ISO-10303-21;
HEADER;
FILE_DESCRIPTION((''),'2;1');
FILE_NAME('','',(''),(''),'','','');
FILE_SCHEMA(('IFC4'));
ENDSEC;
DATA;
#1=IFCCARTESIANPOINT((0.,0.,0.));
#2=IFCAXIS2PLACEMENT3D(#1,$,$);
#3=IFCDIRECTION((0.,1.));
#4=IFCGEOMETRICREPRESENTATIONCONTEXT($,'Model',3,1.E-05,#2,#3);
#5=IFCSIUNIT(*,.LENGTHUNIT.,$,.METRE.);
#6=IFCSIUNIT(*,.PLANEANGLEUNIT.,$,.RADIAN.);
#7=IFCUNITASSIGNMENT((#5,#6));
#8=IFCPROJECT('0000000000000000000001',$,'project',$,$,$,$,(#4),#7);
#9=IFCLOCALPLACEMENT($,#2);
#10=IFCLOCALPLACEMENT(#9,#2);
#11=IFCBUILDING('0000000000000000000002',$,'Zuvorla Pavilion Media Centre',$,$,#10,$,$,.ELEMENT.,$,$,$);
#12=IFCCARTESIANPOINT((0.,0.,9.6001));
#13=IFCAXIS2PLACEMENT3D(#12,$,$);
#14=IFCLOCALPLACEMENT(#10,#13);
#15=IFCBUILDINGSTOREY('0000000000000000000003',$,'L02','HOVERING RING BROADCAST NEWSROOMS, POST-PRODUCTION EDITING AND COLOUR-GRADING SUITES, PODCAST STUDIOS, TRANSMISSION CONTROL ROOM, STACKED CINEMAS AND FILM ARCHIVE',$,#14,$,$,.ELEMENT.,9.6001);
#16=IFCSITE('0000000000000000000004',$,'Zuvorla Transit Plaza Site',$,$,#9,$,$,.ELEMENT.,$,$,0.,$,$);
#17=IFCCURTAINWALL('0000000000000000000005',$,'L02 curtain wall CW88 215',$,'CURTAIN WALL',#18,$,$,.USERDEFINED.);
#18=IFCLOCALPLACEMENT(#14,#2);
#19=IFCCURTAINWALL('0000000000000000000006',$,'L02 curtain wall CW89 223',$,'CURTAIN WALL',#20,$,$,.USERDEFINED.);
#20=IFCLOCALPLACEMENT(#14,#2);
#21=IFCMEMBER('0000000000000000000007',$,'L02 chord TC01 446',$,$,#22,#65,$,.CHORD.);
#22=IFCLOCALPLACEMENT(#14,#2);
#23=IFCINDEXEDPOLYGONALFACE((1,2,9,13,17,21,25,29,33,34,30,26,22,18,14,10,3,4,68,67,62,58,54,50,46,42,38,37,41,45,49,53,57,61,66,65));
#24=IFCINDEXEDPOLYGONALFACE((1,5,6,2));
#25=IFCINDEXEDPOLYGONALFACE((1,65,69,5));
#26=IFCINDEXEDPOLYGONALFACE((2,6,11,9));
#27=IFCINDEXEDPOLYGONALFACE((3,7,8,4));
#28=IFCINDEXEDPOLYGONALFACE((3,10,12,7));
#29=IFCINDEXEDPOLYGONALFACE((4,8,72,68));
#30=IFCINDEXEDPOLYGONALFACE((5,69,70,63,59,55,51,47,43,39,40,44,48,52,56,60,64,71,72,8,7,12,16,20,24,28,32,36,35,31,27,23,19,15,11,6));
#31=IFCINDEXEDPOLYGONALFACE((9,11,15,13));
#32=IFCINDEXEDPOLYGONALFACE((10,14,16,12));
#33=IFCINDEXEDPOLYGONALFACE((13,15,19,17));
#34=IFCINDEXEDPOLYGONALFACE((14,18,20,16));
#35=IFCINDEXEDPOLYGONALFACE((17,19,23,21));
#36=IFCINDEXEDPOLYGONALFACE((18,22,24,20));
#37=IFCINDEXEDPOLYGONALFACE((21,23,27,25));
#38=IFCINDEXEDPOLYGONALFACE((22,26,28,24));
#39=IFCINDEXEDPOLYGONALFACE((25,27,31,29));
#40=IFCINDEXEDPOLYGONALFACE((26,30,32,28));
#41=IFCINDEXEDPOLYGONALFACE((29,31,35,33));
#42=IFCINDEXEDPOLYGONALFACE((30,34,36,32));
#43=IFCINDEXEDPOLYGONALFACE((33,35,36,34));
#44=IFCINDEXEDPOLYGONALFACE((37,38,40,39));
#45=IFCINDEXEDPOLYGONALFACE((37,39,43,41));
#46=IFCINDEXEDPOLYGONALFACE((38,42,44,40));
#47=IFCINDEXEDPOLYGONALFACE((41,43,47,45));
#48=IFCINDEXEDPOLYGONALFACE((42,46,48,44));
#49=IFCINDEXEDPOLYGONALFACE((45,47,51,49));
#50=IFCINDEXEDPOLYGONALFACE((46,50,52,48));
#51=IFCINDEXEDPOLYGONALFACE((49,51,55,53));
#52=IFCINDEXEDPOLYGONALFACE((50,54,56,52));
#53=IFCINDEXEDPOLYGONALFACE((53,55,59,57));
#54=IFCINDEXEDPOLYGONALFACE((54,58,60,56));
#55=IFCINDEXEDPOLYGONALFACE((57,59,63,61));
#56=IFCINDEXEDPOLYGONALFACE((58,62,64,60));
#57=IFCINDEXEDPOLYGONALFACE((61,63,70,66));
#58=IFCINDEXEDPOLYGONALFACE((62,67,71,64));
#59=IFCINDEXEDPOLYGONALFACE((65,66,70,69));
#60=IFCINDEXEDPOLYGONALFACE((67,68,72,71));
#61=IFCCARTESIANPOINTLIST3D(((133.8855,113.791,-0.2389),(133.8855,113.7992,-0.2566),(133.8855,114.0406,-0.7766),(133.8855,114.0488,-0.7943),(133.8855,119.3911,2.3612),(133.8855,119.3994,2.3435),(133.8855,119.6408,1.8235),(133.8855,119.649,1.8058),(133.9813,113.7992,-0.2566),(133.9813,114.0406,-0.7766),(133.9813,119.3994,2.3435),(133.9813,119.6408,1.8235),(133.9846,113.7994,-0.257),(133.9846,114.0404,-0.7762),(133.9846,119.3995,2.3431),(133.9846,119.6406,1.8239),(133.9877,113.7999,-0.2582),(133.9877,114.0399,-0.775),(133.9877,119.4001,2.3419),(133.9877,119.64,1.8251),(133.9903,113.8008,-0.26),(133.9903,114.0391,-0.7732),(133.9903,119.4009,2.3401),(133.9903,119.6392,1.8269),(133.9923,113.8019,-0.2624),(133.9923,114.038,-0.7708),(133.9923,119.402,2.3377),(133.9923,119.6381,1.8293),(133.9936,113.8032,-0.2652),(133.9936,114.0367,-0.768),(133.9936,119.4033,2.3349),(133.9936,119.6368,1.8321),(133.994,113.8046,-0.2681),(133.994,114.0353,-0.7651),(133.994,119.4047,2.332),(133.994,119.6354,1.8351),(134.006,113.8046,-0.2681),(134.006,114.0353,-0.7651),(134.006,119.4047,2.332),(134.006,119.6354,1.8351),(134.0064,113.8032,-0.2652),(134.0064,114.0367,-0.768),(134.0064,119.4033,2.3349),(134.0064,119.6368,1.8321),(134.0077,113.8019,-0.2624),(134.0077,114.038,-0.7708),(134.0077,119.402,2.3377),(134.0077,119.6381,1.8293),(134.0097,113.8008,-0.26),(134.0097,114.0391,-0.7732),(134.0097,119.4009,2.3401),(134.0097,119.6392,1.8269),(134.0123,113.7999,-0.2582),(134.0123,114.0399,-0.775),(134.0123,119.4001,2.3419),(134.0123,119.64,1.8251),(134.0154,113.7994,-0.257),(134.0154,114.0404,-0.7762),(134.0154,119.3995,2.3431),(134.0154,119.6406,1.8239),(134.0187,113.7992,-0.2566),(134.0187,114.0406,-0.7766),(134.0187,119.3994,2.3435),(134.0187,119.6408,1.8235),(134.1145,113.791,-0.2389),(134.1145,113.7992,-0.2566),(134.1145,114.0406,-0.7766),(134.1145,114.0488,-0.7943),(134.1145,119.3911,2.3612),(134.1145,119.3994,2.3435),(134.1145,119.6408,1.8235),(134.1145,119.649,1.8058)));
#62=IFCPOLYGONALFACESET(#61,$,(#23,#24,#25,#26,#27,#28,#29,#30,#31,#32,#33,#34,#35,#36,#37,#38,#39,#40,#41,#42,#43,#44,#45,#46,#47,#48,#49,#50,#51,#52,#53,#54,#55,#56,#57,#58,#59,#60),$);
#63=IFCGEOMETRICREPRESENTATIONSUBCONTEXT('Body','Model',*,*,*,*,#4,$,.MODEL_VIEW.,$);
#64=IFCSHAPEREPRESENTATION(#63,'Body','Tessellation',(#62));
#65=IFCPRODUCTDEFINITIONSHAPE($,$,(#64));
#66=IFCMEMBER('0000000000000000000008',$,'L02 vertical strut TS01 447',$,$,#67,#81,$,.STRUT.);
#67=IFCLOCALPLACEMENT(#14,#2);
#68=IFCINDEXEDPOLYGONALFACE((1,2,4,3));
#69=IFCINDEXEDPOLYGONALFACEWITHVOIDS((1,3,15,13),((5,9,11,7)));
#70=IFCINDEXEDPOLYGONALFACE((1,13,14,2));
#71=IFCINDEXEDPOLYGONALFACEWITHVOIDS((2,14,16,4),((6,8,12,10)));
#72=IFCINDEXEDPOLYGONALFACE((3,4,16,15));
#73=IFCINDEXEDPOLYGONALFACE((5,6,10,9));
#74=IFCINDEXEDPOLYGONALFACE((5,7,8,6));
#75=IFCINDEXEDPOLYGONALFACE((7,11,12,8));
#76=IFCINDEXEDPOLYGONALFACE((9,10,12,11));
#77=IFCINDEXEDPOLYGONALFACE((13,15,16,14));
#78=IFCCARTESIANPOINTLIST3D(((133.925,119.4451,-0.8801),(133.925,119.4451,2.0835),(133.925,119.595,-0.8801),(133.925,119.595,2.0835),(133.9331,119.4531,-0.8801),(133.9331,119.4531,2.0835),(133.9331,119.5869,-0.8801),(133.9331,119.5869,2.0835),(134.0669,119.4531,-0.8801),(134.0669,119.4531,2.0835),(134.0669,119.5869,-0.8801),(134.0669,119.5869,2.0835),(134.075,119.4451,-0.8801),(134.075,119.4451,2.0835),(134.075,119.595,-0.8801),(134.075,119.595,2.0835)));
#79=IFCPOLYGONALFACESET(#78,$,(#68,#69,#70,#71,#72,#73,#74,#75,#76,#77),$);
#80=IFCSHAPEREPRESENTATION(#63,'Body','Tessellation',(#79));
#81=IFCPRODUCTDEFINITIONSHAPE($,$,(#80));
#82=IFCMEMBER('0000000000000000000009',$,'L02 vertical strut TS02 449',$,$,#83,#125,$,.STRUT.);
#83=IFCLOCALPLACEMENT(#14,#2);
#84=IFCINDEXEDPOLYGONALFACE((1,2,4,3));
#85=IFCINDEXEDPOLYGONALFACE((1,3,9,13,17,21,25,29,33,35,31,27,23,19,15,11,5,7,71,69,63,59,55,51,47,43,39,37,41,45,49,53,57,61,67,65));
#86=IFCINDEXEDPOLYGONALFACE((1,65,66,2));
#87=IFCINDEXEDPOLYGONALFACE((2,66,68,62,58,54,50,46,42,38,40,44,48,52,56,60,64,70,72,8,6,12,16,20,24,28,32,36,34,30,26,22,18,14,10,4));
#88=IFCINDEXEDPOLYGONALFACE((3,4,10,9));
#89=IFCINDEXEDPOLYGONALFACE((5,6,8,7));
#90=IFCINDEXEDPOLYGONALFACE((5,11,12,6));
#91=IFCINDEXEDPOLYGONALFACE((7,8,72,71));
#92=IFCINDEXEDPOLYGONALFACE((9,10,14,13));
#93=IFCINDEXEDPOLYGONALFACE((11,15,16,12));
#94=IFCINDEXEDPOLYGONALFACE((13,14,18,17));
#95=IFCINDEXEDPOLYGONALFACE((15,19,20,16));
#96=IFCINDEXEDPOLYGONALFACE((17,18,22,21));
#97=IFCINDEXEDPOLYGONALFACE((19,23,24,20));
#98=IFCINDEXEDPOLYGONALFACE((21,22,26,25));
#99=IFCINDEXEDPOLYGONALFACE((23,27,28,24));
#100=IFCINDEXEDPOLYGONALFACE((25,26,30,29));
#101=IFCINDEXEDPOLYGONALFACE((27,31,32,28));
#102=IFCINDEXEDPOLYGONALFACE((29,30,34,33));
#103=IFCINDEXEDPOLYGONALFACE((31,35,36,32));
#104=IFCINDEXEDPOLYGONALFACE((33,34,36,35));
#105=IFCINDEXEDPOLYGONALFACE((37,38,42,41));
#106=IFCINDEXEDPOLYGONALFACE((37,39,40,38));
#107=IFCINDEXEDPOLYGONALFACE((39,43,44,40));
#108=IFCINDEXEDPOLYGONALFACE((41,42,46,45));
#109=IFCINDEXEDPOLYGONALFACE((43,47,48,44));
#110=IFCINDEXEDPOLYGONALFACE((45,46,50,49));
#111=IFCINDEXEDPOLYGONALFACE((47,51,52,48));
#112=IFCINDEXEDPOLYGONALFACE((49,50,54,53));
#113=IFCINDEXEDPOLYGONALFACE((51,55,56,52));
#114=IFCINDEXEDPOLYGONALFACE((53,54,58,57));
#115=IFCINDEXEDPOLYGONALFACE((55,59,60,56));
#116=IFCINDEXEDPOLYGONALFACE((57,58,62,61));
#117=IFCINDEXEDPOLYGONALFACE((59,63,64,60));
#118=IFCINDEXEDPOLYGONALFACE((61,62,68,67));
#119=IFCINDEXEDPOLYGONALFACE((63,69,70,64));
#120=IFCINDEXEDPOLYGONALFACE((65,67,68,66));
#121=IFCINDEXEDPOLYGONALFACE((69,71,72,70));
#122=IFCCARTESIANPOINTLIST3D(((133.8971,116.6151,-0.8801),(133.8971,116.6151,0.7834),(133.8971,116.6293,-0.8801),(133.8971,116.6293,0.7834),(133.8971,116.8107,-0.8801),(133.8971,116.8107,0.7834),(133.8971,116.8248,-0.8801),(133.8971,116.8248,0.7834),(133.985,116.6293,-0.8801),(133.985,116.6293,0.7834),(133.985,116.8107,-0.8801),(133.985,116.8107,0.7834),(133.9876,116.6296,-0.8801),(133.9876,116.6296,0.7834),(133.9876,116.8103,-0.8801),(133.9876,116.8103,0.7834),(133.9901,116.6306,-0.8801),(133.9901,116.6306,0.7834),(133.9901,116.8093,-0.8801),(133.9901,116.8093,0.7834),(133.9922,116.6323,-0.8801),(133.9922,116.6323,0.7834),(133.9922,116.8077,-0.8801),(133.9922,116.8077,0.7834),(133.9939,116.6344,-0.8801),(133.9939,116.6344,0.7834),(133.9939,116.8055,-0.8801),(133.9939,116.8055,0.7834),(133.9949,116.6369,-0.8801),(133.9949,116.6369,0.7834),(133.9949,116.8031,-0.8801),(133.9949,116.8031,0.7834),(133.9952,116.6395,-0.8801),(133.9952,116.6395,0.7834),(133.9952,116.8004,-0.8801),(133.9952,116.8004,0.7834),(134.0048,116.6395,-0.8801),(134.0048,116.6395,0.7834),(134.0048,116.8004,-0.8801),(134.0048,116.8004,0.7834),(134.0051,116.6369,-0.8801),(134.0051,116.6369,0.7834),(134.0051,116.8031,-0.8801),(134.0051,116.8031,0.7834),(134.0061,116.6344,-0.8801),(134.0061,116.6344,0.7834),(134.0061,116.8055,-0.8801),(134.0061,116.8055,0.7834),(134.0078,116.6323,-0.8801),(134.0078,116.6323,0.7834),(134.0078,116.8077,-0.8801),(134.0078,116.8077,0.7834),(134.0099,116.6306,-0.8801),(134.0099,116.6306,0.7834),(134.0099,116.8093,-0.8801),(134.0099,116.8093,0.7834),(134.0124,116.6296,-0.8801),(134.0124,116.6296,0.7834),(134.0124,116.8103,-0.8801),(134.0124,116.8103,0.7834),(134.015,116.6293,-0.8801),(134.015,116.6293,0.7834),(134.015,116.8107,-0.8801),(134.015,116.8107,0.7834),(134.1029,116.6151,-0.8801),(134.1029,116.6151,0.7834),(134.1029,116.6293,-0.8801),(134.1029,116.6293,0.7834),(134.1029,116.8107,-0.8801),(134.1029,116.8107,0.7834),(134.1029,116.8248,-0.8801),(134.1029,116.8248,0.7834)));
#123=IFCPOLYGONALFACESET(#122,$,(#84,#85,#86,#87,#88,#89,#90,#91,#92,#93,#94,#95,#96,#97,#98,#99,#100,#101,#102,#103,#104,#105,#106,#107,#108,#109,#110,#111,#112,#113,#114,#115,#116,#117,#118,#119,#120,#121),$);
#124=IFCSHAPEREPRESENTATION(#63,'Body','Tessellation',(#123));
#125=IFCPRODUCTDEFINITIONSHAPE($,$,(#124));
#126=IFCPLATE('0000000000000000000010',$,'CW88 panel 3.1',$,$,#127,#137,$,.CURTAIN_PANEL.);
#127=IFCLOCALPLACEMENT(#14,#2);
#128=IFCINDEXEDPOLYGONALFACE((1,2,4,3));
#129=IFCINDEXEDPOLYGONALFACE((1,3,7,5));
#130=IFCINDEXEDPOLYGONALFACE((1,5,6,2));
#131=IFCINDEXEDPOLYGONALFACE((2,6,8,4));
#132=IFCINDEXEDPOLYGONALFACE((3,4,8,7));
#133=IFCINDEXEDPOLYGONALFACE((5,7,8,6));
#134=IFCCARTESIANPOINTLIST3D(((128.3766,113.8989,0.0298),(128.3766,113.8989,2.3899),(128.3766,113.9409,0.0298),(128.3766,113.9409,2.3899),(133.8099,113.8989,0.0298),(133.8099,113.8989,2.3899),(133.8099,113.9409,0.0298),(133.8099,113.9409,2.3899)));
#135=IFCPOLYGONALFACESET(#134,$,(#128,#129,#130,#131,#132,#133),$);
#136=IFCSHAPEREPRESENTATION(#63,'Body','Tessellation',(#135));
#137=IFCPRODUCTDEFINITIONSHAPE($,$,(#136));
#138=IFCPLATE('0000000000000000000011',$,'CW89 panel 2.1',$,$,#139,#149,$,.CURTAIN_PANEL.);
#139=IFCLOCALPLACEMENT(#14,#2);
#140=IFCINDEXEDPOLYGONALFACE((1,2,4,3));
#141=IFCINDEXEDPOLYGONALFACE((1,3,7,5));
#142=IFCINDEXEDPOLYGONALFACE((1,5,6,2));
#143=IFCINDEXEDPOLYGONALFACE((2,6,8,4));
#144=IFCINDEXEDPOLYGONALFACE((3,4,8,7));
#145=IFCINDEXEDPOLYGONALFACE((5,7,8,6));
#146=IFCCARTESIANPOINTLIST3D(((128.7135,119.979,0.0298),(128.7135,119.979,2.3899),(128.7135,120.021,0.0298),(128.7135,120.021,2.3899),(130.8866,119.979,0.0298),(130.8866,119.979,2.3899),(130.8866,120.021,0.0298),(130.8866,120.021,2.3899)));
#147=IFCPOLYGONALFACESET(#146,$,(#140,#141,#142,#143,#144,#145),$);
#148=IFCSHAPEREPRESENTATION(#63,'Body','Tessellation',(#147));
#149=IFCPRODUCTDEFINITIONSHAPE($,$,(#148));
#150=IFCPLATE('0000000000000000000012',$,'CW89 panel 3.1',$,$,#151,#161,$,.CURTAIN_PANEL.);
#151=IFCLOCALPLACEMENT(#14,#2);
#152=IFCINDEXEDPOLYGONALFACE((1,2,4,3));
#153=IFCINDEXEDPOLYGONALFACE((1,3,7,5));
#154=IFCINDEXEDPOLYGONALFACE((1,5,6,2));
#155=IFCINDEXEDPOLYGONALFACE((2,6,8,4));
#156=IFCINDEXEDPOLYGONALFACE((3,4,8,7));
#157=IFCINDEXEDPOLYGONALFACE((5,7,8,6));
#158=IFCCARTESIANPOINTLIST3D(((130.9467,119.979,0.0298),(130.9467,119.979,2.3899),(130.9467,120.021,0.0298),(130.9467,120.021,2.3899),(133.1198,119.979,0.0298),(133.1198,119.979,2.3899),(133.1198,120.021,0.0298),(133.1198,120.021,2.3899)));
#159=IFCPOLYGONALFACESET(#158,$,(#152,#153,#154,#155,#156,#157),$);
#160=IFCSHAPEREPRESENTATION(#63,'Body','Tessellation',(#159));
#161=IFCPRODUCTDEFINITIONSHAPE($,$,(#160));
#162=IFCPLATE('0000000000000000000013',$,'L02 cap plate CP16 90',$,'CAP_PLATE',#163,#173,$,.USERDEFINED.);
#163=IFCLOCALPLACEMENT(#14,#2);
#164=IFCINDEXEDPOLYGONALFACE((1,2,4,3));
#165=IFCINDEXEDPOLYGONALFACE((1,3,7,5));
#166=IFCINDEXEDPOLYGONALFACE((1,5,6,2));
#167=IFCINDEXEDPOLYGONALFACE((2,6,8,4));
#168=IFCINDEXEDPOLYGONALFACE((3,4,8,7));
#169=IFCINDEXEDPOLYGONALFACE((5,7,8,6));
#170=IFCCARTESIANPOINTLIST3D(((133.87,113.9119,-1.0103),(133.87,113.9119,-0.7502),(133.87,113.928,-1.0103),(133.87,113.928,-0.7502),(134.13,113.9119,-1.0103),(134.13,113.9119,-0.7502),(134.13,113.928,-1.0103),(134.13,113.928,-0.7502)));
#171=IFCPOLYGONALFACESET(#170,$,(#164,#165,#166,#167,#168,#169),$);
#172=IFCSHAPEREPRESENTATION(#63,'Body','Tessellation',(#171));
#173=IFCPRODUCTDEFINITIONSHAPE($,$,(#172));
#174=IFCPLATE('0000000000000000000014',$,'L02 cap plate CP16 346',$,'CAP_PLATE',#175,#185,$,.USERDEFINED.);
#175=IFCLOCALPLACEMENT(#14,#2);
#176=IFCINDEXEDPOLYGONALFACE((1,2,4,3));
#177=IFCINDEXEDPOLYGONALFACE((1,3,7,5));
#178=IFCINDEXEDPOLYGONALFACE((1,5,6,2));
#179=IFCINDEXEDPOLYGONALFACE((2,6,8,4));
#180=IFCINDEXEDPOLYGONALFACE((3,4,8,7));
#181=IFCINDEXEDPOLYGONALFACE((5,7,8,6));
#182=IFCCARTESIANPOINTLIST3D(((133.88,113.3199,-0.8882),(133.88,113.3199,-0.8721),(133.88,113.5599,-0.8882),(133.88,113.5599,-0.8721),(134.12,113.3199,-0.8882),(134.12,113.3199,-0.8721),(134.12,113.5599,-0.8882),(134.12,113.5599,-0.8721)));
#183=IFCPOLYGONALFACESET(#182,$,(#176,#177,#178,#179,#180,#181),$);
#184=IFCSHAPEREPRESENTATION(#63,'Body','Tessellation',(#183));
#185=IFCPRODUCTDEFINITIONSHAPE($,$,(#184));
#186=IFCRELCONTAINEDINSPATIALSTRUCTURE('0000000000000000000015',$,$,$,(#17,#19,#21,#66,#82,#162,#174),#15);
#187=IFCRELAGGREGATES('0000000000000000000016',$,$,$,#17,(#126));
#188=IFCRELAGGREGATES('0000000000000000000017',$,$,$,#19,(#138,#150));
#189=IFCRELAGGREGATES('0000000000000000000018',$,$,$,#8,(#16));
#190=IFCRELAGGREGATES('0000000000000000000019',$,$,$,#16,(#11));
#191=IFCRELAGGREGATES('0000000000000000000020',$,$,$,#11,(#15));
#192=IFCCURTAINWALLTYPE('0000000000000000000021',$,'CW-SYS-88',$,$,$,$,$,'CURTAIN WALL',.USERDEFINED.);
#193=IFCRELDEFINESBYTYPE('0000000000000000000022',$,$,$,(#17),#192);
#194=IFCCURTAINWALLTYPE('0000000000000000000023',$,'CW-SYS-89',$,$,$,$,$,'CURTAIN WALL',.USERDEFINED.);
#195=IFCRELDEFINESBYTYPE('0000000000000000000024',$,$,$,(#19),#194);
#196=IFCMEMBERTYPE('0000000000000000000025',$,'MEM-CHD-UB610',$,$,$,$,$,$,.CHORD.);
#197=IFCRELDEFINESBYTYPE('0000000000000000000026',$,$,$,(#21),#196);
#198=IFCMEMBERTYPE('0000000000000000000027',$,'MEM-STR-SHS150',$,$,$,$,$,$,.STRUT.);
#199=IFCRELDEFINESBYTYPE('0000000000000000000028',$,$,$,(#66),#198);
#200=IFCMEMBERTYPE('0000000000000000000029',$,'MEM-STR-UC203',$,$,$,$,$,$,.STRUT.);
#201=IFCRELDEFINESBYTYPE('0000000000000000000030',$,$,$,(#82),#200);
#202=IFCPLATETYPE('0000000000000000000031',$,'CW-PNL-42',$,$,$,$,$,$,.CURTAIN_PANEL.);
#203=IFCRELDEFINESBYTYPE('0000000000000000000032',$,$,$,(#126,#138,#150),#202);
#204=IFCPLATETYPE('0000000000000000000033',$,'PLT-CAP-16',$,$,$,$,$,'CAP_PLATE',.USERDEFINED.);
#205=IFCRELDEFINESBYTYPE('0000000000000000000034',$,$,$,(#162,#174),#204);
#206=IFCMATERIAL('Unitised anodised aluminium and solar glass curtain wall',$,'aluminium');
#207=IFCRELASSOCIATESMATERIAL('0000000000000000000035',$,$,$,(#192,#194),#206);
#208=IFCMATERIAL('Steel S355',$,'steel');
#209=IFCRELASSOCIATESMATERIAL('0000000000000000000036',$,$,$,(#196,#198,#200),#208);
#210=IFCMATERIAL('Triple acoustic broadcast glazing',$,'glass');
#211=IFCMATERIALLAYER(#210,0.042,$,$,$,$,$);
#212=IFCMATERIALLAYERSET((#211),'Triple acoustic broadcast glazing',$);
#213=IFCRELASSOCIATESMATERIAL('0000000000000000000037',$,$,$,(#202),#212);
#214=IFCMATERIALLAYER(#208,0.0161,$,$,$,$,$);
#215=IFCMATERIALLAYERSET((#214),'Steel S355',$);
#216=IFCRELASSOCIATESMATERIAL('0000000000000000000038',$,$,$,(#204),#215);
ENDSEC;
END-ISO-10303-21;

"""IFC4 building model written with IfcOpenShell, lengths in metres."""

from ifc_helpers import new_model, si_unit, direction, frame, origin, origin_2d, place, context, subcontext, project, spatial, rectangle, hollow_rectangle, i_section, extrude, material, layer, layer_set, material_profile, profile_set, type_object, element, aggregate, save


model = new_model("IFC4")

# Units and contexts
model_context = context("Model", 3, precision=1e-05, world=origin(), true_north=direction((0.0, 1.0)))
body_context = subcontext(model_context, "Body", "Model", "MODEL_VIEW")
ifc_project = project(units=[si_unit("LENGTHUNIT", "METRE"), si_unit("PLANEANGLEUNIT", "RADIAN")], contexts=[model_context])

# Site, building, storey
site_placement = place(None, origin())
site = spatial("IfcSite", under=ifc_project, at=site_placement, Name="Zuvorla Transit Plaza Site", CompositionType="ELEMENT", RefElevation=0.0)
building_placement = place(site_placement, origin())
building = spatial("IfcBuilding", under=site, at=building_placement, Name="Zuvorla Pavilion Media Centre", CompositionType="ELEMENT")
storey_placement = place(building_placement, frame((0.0, 0.0, 9.6001)))
storey = spatial("IfcBuildingStorey", under=building, at=storey_placement, Name="L02", Description="HOVERING RING BROADCAST NEWSROOMS, POST-PRODUCTION EDITING AND COLOUR-GRADING SUITES, PODCAST STUDIOS, TRANSMISSION CONTROL ROOM, STACKED CINEMAS AND FILM ARCHIVE", CompositionType="ELEMENT", Elevation=9.6001)

# Curtain wall
ifc_material_1 = material(Name="Unitised anodised aluminium and solar glass curtain wall", Category="aluminium")
curtain_wall_type_1 = type_object("IfcCurtainWallType", Name="CW-SYS-88", ElementType="CURTAIN WALL", PredefinedType="USERDEFINED", material=ifc_material_1)
curtain_wall_1_placement = place(storey_placement, origin())
curtain_wall_1 = element("IfcCurtainWall", 1, at=curtain_wall_1_placement, inside=storey, type_object=curtain_wall_type_1, Name="L02 curtain wall CW88 215", ObjectType="CURTAIN WALL", PredefinedType="USERDEFINED")

# Curtain wall
curtain_wall_type_2 = type_object("IfcCurtainWallType", Name="CW-SYS-89", ElementType="CURTAIN WALL", PredefinedType="USERDEFINED", material=ifc_material_1)
curtain_wall_2_placement = place(storey_placement, origin())
curtain_wall_2 = element("IfcCurtainWall", 2, at=curtain_wall_2_placement, inside=storey, type_object=curtain_wall_type_2, Name="L02 curtain wall CW89 223", ObjectType="CURTAIN WALL", PredefinedType="USERDEFINED")

# Members
ifc_material_2 = material(Name="Steel S355", Category="steel")
ifc_material_profile_1 = material_profile(ifc_material_2, i_section(OverallWidth=0.229, OverallDepth=0.6123, WebThickness=0.012, FlangeThickness=0.0195, FilletRadius=0.0127, at=origin_2d()), Name="UB 610x229x125")
ifc_profile_set_1 = profile_set([ifc_material_profile_1], Name="Steel S355")
member_type_1 = type_object("IfcMemberType", Name="MEM-CHD-UB610", PredefinedType="CHORD", material=ifc_profile_set_1)
member_1_placement = place(storey_placement, frame((134.0, 113.9199, -0.5166), z_axis=(0.0, 0.907006, 0.421118), x_axis=(-1.0, 0.0, 0.0)))
element("IfcMember", 3, at=member_1_placement, inside=storey, type_object=member_type_1, Name="L02 chord TC01 446", PredefinedType="CHORD", context=body_context, shape_type="SweptSolid", body=[
    extrude(i_section(OverallWidth=0.229, OverallDepth=0.6123, WebThickness=0.012, FlangeThickness=0.0195, FilletRadius=0.0127, at=origin_2d()), origin(), (0.0, 0.0, 1.0), 6.1743),
])
ifc_material_profile_2 = material_profile(ifc_material_2, hollow_rectangle(XDim=0.1499, YDim=0.1499, WallThickness=0.0081, at=origin_2d()), Name="SHS 150x150x8")
ifc_profile_set_2 = profile_set([ifc_material_profile_2], Name="Steel S355")
member_type_2 = type_object("IfcMemberType", Name="MEM-STR-SHS150", PredefinedType="STRUT", material=ifc_profile_set_2)
member_2_placement = place(storey_placement, frame((134.0, 119.52, -0.8801), z_axis=(0.0, 0.0, 1.0), x_axis=(1.0, 0.0, 0.0)))
element("IfcMember", 4, at=member_2_placement, inside=storey, type_object=member_type_2, Name="L02 vertical strut TS01 447", PredefinedType="STRUT", context=body_context, shape_type="SweptSolid", body=[
    extrude(hollow_rectangle(XDim=0.1499, YDim=0.1499, WallThickness=0.0081, at=origin_2d()), origin(), (0.0, 0.0, 1.0), 2.9636),
])
ifc_material_profile_3 = material_profile(ifc_material_2, i_section(OverallWidth=0.2058, OverallDepth=0.2097, WebThickness=0.0095, FlangeThickness=0.0142, FilletRadius=0.0103, at=origin_2d()), Name="UC 203x203x60")
ifc_profile_set_3 = profile_set([ifc_material_profile_3], Name="Steel S355")
member_type_3 = type_object("IfcMemberType", Name="MEM-STR-UC203", PredefinedType="STRUT", material=ifc_profile_set_3)
member_3_placement = place(storey_placement, frame((134.0, 116.72, -0.8801), z_axis=(0.0, 0.0, 1.0), x_axis=(1.0, 0.0, 0.0)))
element("IfcMember", 5, at=member_3_placement, inside=storey, type_object=member_type_3, Name="L02 vertical strut TS02 449", PredefinedType="STRUT", context=body_context, shape_type="SweptSolid", body=[
    extrude(i_section(OverallWidth=0.2058, OverallDepth=0.2097, WebThickness=0.0095, FlangeThickness=0.0142, FilletRadius=0.0103, at=origin_2d()), origin(), (0.0, 0.0, 1.0), 1.6636),
])

# Plates
ifc_material_3 = material(Name="Triple acoustic broadcast glazing", Category="glass")
ifc_layer_1 = layer(ifc_material_3, 0.042)
ifc_layer_set_1 = layer_set([ifc_layer_1], Name="Triple acoustic broadcast glazing")
plate_type_1 = type_object("IfcPlateType", Name="CW-PNL-42", PredefinedType="CURTAIN_PANEL", material=ifc_layer_set_1)
plate_1_placement = place(storey_placement, frame((131.0933, 113.9199, 0.0298), z_axis=(0.0, 0.0, 1.0), x_axis=(1.0, 0.0, 0.0)))
plate_1 = element("IfcPlate", 6, at=plate_1_placement, type_object=plate_type_1, Name="CW88 panel 3.1", PredefinedType="CURTAIN_PANEL", context=body_context, shape_type="SweptSolid", body=[
    extrude(rectangle(XDim=5.4333, YDim=0.042, at=origin_2d()), origin(), (0.0, 0.0, 1.0), 2.3601),
])
aggregate(curtain_wall_1, [plate_1])
plate_2_placement = place(storey_placement, frame((129.8, 120.0, 0.0298), z_axis=(0.0, 0.0, 1.0), x_axis=(1.0, 0.0, 0.0)))
plate_2 = element("IfcPlate", 7, at=plate_2_placement, type_object=plate_type_1, Name="CW89 panel 2.1", PredefinedType="CURTAIN_PANEL", context=body_context, shape_type="SweptSolid", body=[
    extrude(rectangle(XDim=2.1731, YDim=0.042, at=origin_2d()), origin(), (0.0, 0.0, 1.0), 2.3601),
])
plate_3_placement = place(storey_placement, frame((132.0332, 120.0, 0.0298), z_axis=(0.0, 0.0, 1.0), x_axis=(1.0, 0.0, 0.0)))
plate_3 = element("IfcPlate", 8, at=plate_3_placement, type_object=plate_type_1, Name="CW89 panel 3.1", PredefinedType="CURTAIN_PANEL", context=body_context, shape_type="SweptSolid", body=[
    extrude(rectangle(XDim=2.1731, YDim=0.042, at=origin_2d()), origin(), (0.0, 0.0, 1.0), 2.3601),
])
aggregate(curtain_wall_2, [plate_2, plate_3])

# Plates
ifc_layer_2 = layer(ifc_material_2, 0.0161)
ifc_layer_set_2 = layer_set([ifc_layer_2], Name="Steel S355")
plate_type_2 = type_object("IfcPlateType", Name="PLT-CAP-16", ElementType="CAP_PLATE", PredefinedType="USERDEFINED", material=ifc_layer_set_2)
plate_4_placement = place(storey_placement, frame((134.0, 113.9199, -1.0103), z_axis=(0.0, 0.0, 1.0), x_axis=(1.0, 0.0, 0.0)))
element("IfcPlate", 9, at=plate_4_placement, inside=storey, type_object=plate_type_2, Name="L02 cap plate CP16 90", ObjectType="CAP_PLATE", PredefinedType="USERDEFINED", context=body_context, shape_type="SweptSolid", body=[
    extrude(rectangle(XDim=0.26, YDim=0.0161, at=origin_2d()), origin(), (0.0, 0.0, 1.0), 0.26),
])
for number, where, z_axis, x_axis, name in (
    (10, (134.0, 113.4399, -0.8882), (0.0, 0.0, 1.0), (1.0, 0.0, 0.0), "L02 cap plate CP16 346"),
):
    element("IfcPlate", number, at=place(storey_placement, frame(where, z_axis=z_axis, x_axis=x_axis)), inside=storey, type_object=plate_type_2, Name=name, ObjectType="CAP_PLATE", PredefinedType="USERDEFINED", context=body_context, shape_type="SweptSolid", body=[
        extrude(rectangle(XDim=0.24, YDim=0.24, at=origin_2d()), origin(), (0.0, 0.0, 1.0), 0.0161),
    ])

save(model, "model.ifc")
